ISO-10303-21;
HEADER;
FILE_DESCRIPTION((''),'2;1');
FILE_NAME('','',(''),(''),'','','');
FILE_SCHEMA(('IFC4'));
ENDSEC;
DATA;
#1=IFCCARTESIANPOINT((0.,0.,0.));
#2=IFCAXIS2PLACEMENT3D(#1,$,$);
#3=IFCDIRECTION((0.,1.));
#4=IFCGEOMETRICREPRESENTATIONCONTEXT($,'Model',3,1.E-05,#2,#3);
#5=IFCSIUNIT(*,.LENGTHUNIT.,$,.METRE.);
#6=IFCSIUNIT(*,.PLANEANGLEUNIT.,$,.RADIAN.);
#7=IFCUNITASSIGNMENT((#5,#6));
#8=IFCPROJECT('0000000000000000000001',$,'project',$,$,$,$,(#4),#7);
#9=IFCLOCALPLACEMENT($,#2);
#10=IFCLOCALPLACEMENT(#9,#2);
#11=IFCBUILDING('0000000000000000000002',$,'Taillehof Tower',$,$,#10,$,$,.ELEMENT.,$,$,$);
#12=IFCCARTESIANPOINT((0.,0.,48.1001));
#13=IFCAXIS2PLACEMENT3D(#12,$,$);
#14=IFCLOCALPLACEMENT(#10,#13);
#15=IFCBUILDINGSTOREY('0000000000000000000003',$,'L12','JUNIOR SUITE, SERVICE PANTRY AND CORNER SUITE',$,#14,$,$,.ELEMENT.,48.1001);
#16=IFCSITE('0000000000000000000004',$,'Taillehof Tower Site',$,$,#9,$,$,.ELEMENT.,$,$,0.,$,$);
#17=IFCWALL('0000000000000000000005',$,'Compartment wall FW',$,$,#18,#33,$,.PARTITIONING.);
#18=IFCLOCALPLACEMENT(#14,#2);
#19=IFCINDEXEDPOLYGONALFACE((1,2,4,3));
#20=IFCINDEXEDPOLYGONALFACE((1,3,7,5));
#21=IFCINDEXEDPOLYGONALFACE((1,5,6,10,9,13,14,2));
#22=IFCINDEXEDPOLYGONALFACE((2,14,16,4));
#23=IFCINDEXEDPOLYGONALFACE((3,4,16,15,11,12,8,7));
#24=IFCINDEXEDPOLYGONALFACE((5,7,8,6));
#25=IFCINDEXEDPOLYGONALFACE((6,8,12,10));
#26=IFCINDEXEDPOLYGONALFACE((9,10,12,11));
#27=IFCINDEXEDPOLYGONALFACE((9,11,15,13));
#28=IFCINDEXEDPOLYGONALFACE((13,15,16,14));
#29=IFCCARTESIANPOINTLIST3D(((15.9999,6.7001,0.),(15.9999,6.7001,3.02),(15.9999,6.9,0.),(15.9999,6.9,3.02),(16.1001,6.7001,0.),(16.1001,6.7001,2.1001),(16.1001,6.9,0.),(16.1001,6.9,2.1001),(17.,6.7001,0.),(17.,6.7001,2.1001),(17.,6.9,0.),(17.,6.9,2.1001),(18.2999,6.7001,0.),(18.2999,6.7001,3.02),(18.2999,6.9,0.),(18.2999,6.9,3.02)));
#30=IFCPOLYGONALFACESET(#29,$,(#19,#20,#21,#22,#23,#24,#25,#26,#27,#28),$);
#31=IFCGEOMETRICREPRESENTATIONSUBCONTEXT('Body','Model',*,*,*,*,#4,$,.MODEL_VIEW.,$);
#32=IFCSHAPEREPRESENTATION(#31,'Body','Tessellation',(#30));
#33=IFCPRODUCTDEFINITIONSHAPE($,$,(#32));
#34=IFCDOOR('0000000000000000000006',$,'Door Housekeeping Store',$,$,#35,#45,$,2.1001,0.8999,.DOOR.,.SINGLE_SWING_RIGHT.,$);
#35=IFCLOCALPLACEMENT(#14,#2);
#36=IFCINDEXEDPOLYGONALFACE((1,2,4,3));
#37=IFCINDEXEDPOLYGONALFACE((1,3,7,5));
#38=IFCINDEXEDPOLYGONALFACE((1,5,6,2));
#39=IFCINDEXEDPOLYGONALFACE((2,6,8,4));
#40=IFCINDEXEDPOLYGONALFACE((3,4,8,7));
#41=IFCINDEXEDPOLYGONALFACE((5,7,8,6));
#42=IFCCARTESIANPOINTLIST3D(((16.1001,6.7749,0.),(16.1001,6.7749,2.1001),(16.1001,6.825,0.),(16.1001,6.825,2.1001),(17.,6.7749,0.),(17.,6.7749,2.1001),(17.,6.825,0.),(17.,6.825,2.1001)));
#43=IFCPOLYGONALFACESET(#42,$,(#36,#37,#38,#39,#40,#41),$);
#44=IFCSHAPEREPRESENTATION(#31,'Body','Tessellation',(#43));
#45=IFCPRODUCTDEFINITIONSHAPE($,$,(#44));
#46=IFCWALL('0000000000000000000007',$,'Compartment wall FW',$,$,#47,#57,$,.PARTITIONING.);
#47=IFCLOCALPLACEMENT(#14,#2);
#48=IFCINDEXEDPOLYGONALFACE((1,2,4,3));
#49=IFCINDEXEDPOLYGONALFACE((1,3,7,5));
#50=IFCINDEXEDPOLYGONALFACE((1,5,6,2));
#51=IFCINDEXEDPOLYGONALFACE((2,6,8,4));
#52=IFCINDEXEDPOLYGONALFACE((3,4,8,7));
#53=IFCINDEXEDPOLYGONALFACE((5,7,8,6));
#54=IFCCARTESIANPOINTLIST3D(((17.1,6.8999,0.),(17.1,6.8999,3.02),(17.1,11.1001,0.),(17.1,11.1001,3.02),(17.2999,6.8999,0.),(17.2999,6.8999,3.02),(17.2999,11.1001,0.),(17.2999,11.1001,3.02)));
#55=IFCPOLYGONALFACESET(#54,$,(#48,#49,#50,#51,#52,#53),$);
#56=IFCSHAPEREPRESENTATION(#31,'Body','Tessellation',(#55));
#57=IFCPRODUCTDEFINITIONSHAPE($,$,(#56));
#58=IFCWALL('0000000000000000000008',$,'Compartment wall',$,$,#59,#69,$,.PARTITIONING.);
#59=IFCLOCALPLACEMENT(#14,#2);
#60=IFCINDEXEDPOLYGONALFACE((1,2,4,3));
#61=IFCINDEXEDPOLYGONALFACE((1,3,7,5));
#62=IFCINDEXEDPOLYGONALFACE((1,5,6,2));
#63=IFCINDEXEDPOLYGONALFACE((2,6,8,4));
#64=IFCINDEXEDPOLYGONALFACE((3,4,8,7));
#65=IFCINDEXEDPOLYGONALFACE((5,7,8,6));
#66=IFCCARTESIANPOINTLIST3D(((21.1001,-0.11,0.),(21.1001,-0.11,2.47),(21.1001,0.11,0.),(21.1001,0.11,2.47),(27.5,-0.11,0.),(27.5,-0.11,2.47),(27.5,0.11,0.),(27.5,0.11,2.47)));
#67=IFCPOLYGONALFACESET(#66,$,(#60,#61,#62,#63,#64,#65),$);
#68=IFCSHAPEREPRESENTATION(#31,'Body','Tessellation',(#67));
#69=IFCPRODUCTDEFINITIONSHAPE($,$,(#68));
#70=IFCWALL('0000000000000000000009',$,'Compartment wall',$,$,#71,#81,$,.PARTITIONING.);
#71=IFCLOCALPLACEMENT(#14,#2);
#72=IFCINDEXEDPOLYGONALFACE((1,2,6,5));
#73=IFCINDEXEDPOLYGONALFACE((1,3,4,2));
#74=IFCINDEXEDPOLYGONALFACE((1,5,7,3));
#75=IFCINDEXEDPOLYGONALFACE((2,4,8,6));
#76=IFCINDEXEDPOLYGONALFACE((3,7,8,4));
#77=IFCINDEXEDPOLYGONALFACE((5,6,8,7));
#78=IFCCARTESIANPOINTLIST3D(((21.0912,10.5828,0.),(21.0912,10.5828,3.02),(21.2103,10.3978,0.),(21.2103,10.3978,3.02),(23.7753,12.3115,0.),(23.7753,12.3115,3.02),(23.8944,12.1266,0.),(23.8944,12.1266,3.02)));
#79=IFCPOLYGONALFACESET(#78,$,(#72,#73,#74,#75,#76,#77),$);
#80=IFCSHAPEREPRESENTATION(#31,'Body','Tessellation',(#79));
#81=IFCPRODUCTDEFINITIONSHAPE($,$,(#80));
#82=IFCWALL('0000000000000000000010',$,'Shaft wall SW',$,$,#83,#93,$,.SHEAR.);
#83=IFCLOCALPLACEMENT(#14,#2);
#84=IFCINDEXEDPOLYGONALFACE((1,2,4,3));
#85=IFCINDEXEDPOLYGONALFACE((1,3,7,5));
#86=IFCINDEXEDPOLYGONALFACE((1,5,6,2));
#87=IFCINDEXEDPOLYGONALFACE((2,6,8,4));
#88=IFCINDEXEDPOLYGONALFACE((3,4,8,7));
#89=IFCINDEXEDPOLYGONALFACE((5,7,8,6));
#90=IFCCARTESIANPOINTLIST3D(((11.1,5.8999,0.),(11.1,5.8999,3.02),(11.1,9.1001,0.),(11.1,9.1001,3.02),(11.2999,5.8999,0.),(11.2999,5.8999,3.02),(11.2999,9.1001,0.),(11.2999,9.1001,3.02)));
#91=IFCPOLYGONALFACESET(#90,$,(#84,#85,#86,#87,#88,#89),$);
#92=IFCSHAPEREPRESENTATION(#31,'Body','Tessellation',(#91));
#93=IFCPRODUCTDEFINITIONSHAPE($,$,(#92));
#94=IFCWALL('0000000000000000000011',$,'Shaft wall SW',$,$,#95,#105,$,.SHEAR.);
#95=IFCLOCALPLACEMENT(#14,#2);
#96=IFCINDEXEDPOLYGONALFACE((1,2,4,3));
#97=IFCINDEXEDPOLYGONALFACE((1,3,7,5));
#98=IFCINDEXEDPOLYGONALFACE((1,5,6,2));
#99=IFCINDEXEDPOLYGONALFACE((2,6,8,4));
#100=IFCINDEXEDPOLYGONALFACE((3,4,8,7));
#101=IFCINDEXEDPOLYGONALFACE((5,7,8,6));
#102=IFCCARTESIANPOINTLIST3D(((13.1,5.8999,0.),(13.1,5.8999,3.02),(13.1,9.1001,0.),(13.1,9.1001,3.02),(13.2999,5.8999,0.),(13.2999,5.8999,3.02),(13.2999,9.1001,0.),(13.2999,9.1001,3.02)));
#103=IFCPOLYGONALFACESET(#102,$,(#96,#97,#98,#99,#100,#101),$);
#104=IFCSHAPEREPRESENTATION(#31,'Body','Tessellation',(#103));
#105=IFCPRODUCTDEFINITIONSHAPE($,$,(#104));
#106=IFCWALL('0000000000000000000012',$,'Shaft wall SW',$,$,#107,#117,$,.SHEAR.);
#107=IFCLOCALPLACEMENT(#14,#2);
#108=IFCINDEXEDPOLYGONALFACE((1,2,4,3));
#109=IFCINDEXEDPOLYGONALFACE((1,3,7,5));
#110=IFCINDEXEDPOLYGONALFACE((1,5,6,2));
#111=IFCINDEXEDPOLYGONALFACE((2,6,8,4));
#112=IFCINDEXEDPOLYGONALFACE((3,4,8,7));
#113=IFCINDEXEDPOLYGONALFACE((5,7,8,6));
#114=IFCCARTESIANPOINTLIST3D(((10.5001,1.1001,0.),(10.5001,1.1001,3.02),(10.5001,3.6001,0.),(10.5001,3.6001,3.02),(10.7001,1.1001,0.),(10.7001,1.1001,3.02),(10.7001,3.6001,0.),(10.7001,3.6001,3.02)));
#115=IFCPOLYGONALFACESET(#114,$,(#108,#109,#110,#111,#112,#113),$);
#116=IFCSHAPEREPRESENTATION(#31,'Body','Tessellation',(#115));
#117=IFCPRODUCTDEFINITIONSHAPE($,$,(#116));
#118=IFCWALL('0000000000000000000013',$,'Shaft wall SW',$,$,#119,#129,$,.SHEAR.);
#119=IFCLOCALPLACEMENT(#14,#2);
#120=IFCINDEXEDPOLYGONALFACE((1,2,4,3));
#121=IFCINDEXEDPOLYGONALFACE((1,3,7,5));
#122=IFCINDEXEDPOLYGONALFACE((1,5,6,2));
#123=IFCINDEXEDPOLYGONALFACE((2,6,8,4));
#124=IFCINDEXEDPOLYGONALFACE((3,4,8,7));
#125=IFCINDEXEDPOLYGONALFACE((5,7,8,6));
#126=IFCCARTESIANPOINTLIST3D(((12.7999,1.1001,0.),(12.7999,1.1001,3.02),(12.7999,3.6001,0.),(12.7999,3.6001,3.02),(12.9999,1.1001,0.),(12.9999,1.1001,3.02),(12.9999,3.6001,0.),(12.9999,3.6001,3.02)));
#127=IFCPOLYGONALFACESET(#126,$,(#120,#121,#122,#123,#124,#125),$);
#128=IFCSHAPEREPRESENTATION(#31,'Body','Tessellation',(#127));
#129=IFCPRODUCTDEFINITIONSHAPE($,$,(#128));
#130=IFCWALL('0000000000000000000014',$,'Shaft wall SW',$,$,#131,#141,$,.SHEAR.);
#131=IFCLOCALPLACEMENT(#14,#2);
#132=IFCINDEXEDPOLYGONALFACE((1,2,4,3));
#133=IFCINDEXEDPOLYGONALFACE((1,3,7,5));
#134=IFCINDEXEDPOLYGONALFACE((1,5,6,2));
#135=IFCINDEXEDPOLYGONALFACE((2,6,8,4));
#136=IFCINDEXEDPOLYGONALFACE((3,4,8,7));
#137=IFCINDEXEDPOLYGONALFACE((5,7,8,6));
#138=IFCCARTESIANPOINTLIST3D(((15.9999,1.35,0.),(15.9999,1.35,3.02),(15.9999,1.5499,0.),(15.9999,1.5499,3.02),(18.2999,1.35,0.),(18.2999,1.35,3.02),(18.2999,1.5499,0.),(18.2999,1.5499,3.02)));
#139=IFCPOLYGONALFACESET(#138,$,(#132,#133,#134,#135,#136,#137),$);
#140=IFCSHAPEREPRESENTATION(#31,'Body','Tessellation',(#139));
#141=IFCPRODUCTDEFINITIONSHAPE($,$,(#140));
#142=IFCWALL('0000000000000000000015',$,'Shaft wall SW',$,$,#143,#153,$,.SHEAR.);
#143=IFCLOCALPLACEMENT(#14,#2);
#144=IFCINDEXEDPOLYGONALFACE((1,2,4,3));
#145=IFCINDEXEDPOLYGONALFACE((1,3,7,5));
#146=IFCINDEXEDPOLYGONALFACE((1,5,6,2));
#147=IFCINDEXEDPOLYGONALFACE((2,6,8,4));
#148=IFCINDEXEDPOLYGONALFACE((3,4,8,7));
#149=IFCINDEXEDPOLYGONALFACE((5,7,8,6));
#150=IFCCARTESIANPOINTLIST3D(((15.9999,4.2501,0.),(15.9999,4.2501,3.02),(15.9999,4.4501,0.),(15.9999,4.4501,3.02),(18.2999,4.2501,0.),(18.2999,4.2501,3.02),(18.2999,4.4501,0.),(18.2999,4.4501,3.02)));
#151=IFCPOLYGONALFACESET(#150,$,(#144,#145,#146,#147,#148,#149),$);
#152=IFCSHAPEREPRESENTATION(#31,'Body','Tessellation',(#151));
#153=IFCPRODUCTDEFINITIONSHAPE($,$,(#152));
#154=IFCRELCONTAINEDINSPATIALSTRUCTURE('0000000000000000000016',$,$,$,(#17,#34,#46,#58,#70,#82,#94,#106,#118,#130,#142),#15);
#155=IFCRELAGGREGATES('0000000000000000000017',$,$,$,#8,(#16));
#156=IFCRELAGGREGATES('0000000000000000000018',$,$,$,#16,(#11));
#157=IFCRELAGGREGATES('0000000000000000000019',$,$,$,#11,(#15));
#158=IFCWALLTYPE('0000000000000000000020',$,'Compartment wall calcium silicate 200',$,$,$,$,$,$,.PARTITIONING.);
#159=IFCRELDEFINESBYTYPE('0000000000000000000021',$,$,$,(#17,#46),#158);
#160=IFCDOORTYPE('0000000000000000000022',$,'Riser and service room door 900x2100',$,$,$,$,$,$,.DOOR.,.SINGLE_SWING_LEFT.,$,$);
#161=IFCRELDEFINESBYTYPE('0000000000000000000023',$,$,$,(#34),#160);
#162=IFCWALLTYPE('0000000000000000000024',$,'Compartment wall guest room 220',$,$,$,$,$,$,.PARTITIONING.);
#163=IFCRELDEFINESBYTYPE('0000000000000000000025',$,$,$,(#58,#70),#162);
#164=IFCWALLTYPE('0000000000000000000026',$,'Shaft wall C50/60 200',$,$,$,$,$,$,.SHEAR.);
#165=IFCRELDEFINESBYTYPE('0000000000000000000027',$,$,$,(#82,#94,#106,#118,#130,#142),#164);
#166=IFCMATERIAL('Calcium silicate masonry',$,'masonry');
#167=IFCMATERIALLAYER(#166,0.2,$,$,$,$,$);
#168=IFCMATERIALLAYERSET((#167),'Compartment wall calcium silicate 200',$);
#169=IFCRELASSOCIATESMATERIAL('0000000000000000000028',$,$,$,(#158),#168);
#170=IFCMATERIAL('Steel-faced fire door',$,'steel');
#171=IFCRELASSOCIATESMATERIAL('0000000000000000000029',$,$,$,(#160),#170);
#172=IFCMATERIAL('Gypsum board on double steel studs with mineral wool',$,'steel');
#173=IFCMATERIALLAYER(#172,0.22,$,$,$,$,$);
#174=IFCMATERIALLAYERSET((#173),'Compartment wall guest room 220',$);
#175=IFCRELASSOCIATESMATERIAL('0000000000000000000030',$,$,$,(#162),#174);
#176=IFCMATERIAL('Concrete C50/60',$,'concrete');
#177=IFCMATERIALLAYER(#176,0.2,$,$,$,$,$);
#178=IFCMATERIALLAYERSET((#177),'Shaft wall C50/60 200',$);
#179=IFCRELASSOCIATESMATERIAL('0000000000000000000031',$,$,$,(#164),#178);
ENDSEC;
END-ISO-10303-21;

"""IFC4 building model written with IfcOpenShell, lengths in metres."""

from ifc_helpers import new_model, si_unit, direction, frame, frame_2d, origin, place, context, subcontext, project, spatial, rectangle, extrude, material, layer, layer_set, type_object, element, fill, save


model = new_model("IFC4")

# Units and contexts
model_context = context("Model", 3, precision=1e-05, world=origin(), true_north=direction((0.0, 1.0)))
body_context = subcontext(model_context, "Body", "Model", "MODEL_VIEW")
ifc_project = project(units=[si_unit("LENGTHUNIT", "METRE"), si_unit("PLANEANGLEUNIT", "RADIAN")], contexts=[model_context])

# Site, building, storey
site_placement = place(None, origin())
site = spatial("IfcSite", under=ifc_project, at=site_placement, Name="Taillehof Tower Site", CompositionType="ELEMENT", RefElevation=0.0)
building_placement = place(site_placement, origin())
building = spatial("IfcBuilding", under=site, at=building_placement, Name="Taillehof Tower", CompositionType="ELEMENT")
storey_placement = place(building_placement, frame((0.0, 0.0, 48.1001)))
storey = spatial("IfcBuildingStorey", under=building, at=storey_placement, Name="L12", Description="JUNIOR SUITE, SERVICE PANTRY AND CORNER SUITE", CompositionType="ELEMENT", Elevation=48.1001)

# Wall, opening, door
ifc_material_1 = material(Name="Calcium silicate masonry", Category="masonry")
ifc_layer_1 = layer(ifc_material_1, 0.2)
ifc_layer_set_1 = layer_set([ifc_layer_1], Name="Compartment wall calcium silicate 200")
wall_type_1 = type_object("IfcWallType", Name="Compartment wall calcium silicate 200", PredefinedType="PARTITIONING", material=ifc_layer_set_1)
wall_1_placement = place(storey_placement, frame((16.0, 6.8, 0.0), z_axis=(0.0, 0.0, 1.0), x_axis=(1.0, 0.0, 0.0)))
wall_1 = element("IfcWall", 1, at=wall_1_placement, inside=storey, type_object=wall_type_1, Name="Compartment wall FW", PredefinedType="PARTITIONING", context=body_context, shape_type="SweptSolid", body=[
    extrude(rectangle(XDim=2.3, YDim=0.2, at=frame_2d((1.1499, 0.0))), origin(), (0.0, 0.0, 1.0), 3.02),
])
opening_1_placement = place(wall_1_placement, frame((0.1001, 0.0, 0.0)))
opening_1 = element("IfcOpeningElement", 2, at=opening_1_placement, cuts=wall_1, PredefinedType="OPENING", context=body_context, shape_type="SweptSolid", body=[
    extrude(rectangle(XDim=0.8999, YDim=2.1001, at=frame_2d((0.45, 1.05))), frame((0.0, 0.1099, 0.0), z_axis=(0.0, -1.0, 0.0), x_axis=(1.0, 0.0, 0.0)), (0.0, 0.0, 1.0), 0.22),
])
ifc_material_2 = material(Name="Steel-faced fire door", Category="steel")
door_type = type_object("IfcDoorType", Name="Riser and service room door 900x2100", OperationType="SINGLE_SWING_LEFT", PredefinedType="DOOR", material=ifc_material_2)
door_placement = place(opening_1_placement, origin())
door = element("IfcDoor", 3, at=door_placement, inside=storey, type_object=door_type, Name="Door Housekeeping Store", OperationType="SINGLE_SWING_RIGHT", OverallHeight=2.1001, OverallWidth=0.8999, PredefinedType="DOOR", context=body_context, shape_type="SweptSolid", body=[
    extrude(rectangle(XDim=0.8999, YDim=2.1001, at=frame_2d((0.45, 1.05))), frame((0.0, 0.0249, 0.0), z_axis=(0.0, -1.0, 0.0), x_axis=(1.0, 0.0, 0.0)), (0.0, 0.0, 1.0), 0.05),
])
fill(opening_1, door)

# Walls
wall_2_placement = place(storey_placement, frame((17.2, 6.8999, 0.0), z_axis=(0.0, 0.0, 1.0), x_axis=(0.0, 1.0, 0.0)))
element("IfcWall", 4, at=wall_2_placement, inside=storey, type_object=wall_type_1, Name="Compartment wall FW", PredefinedType="PARTITIONING", context=body_context, shape_type="SweptSolid", body=[
    extrude(rectangle(XDim=4.2002, YDim=0.2, at=frame_2d((2.1001, 0.0))), origin(), (0.0, 0.0, 1.0), 3.02),
])
ifc_material_3 = material(Name="Gypsum board on double steel studs with mineral wool", Category="steel")
ifc_layer_2 = layer(ifc_material_3, 0.22)
ifc_layer_set_2 = layer_set([ifc_layer_2], Name="Compartment wall guest room 220")
wall_type_2 = type_object("IfcWallType", Name="Compartment wall guest room 220", PredefinedType="PARTITIONING", material=ifc_layer_set_2)
wall_3_placement = place(storey_placement, frame((27.5, 0.0, 0.0), z_axis=(0.0, 0.0, 1.0), x_axis=(-1.0, 0.0, 0.0)))
element("IfcWall", 5, at=wall_3_placement, inside=storey, type_object=wall_type_2, Name="Compartment wall", PredefinedType="PARTITIONING", context=body_context, shape_type="SweptSolid", body=[
    extrude(rectangle(XDim=6.3999, YDim=0.22, at=frame_2d((3.2, 0.0))), origin(), (0.0, 0.0, 1.0), 2.47),
])
wall_4_placement = place(storey_placement, frame((23.8347, 12.219, 0.0), z_axis=(0.0, 0.0, 1.0), x_axis=(-0.840711, -0.541484, 0.0)))
element("IfcWall", 6, at=wall_4_placement, inside=storey, type_object=wall_type_2, Name="Compartment wall", PredefinedType="PARTITIONING", context=body_context, shape_type="SweptSolid", body=[
    extrude(rectangle(XDim=3.1926, YDim=0.22, at=frame_2d((1.5962, 0.0))), origin(), (0.0, 0.0, 1.0), 3.02),
])
ifc_material_4 = material(Name="Concrete C50/60", Category="concrete")
ifc_layer_3 = layer(ifc_material_4, 0.2)
ifc_layer_set_3 = layer_set([ifc_layer_3], Name="Shaft wall C50/60 200")
wall_type_3 = type_object("IfcWallType", Name="Shaft wall C50/60 200", PredefinedType="SHEAR", material=ifc_layer_set_3)
for number, where, z_axis, x_axis, name in (
    (7, (11.2, 5.8999, 0.0), (0.0, 0.0, 1.0), (0.0, 1.0, 0.0), "Shaft wall SW"),
    (8, (13.2, 5.8999, 0.0), (0.0, 0.0, 1.0), (0.0, 1.0, 0.0), "Shaft wall SW"),
):
    element("IfcWall", number, at=place(storey_placement, frame(where, z_axis=z_axis, x_axis=x_axis)), inside=storey, type_object=wall_type_3, Name=name, PredefinedType="SHEAR", context=body_context, shape_type="SweptSolid", body=[
        extrude(rectangle(XDim=3.2002, YDim=0.2, at=frame_2d((1.6001, 0.0))), origin(), (0.0, 0.0, 1.0), 3.02),
    ])
for number, where, z_axis, x_axis, name in (
    (9, (10.6001, 1.1001, 0.0), (0.0, 0.0, 1.0), (0.0, 1.0, 0.0), "Shaft wall SW"),
    (10, (12.8999, 1.1001, 0.0), (0.0, 0.0, 1.0), (0.0, 1.0, 0.0), "Shaft wall SW"),
):
    element("IfcWall", number, at=place(storey_placement, frame(where, z_axis=z_axis, x_axis=x_axis)), inside=storey, type_object=wall_type_3, Name=name, PredefinedType="SHEAR", context=body_context, shape_type="SweptSolid", body=[
        extrude(rectangle(XDim=2.5, YDim=0.2, at=frame_2d((1.25, 0.0))), origin(), (0.0, 0.0, 1.0), 3.02),
    ])
for number, where, z_axis, x_axis, name in (
    (11, (16.0, 1.45, 0.0), (0.0, 0.0, 1.0), (1.0, 0.0, 0.0), "Shaft wall SW"),
    (12, (16.0, 4.3501, 0.0), (0.0, 0.0, 1.0), (1.0, 0.0, 0.0), "Shaft wall SW"),
):
    element("IfcWall", number, at=place(storey_placement, frame(where, z_axis=z_axis, x_axis=x_axis)), inside=storey, type_object=wall_type_3, Name=name, PredefinedType="SHEAR", context=body_context, shape_type="SweptSolid", body=[
        extrude(rectangle(XDim=2.3, YDim=0.2, at=frame_2d((1.1499, 0.0))), origin(), (0.0, 0.0, 1.0), 3.02),
    ])

save(model, "model.ifc")
